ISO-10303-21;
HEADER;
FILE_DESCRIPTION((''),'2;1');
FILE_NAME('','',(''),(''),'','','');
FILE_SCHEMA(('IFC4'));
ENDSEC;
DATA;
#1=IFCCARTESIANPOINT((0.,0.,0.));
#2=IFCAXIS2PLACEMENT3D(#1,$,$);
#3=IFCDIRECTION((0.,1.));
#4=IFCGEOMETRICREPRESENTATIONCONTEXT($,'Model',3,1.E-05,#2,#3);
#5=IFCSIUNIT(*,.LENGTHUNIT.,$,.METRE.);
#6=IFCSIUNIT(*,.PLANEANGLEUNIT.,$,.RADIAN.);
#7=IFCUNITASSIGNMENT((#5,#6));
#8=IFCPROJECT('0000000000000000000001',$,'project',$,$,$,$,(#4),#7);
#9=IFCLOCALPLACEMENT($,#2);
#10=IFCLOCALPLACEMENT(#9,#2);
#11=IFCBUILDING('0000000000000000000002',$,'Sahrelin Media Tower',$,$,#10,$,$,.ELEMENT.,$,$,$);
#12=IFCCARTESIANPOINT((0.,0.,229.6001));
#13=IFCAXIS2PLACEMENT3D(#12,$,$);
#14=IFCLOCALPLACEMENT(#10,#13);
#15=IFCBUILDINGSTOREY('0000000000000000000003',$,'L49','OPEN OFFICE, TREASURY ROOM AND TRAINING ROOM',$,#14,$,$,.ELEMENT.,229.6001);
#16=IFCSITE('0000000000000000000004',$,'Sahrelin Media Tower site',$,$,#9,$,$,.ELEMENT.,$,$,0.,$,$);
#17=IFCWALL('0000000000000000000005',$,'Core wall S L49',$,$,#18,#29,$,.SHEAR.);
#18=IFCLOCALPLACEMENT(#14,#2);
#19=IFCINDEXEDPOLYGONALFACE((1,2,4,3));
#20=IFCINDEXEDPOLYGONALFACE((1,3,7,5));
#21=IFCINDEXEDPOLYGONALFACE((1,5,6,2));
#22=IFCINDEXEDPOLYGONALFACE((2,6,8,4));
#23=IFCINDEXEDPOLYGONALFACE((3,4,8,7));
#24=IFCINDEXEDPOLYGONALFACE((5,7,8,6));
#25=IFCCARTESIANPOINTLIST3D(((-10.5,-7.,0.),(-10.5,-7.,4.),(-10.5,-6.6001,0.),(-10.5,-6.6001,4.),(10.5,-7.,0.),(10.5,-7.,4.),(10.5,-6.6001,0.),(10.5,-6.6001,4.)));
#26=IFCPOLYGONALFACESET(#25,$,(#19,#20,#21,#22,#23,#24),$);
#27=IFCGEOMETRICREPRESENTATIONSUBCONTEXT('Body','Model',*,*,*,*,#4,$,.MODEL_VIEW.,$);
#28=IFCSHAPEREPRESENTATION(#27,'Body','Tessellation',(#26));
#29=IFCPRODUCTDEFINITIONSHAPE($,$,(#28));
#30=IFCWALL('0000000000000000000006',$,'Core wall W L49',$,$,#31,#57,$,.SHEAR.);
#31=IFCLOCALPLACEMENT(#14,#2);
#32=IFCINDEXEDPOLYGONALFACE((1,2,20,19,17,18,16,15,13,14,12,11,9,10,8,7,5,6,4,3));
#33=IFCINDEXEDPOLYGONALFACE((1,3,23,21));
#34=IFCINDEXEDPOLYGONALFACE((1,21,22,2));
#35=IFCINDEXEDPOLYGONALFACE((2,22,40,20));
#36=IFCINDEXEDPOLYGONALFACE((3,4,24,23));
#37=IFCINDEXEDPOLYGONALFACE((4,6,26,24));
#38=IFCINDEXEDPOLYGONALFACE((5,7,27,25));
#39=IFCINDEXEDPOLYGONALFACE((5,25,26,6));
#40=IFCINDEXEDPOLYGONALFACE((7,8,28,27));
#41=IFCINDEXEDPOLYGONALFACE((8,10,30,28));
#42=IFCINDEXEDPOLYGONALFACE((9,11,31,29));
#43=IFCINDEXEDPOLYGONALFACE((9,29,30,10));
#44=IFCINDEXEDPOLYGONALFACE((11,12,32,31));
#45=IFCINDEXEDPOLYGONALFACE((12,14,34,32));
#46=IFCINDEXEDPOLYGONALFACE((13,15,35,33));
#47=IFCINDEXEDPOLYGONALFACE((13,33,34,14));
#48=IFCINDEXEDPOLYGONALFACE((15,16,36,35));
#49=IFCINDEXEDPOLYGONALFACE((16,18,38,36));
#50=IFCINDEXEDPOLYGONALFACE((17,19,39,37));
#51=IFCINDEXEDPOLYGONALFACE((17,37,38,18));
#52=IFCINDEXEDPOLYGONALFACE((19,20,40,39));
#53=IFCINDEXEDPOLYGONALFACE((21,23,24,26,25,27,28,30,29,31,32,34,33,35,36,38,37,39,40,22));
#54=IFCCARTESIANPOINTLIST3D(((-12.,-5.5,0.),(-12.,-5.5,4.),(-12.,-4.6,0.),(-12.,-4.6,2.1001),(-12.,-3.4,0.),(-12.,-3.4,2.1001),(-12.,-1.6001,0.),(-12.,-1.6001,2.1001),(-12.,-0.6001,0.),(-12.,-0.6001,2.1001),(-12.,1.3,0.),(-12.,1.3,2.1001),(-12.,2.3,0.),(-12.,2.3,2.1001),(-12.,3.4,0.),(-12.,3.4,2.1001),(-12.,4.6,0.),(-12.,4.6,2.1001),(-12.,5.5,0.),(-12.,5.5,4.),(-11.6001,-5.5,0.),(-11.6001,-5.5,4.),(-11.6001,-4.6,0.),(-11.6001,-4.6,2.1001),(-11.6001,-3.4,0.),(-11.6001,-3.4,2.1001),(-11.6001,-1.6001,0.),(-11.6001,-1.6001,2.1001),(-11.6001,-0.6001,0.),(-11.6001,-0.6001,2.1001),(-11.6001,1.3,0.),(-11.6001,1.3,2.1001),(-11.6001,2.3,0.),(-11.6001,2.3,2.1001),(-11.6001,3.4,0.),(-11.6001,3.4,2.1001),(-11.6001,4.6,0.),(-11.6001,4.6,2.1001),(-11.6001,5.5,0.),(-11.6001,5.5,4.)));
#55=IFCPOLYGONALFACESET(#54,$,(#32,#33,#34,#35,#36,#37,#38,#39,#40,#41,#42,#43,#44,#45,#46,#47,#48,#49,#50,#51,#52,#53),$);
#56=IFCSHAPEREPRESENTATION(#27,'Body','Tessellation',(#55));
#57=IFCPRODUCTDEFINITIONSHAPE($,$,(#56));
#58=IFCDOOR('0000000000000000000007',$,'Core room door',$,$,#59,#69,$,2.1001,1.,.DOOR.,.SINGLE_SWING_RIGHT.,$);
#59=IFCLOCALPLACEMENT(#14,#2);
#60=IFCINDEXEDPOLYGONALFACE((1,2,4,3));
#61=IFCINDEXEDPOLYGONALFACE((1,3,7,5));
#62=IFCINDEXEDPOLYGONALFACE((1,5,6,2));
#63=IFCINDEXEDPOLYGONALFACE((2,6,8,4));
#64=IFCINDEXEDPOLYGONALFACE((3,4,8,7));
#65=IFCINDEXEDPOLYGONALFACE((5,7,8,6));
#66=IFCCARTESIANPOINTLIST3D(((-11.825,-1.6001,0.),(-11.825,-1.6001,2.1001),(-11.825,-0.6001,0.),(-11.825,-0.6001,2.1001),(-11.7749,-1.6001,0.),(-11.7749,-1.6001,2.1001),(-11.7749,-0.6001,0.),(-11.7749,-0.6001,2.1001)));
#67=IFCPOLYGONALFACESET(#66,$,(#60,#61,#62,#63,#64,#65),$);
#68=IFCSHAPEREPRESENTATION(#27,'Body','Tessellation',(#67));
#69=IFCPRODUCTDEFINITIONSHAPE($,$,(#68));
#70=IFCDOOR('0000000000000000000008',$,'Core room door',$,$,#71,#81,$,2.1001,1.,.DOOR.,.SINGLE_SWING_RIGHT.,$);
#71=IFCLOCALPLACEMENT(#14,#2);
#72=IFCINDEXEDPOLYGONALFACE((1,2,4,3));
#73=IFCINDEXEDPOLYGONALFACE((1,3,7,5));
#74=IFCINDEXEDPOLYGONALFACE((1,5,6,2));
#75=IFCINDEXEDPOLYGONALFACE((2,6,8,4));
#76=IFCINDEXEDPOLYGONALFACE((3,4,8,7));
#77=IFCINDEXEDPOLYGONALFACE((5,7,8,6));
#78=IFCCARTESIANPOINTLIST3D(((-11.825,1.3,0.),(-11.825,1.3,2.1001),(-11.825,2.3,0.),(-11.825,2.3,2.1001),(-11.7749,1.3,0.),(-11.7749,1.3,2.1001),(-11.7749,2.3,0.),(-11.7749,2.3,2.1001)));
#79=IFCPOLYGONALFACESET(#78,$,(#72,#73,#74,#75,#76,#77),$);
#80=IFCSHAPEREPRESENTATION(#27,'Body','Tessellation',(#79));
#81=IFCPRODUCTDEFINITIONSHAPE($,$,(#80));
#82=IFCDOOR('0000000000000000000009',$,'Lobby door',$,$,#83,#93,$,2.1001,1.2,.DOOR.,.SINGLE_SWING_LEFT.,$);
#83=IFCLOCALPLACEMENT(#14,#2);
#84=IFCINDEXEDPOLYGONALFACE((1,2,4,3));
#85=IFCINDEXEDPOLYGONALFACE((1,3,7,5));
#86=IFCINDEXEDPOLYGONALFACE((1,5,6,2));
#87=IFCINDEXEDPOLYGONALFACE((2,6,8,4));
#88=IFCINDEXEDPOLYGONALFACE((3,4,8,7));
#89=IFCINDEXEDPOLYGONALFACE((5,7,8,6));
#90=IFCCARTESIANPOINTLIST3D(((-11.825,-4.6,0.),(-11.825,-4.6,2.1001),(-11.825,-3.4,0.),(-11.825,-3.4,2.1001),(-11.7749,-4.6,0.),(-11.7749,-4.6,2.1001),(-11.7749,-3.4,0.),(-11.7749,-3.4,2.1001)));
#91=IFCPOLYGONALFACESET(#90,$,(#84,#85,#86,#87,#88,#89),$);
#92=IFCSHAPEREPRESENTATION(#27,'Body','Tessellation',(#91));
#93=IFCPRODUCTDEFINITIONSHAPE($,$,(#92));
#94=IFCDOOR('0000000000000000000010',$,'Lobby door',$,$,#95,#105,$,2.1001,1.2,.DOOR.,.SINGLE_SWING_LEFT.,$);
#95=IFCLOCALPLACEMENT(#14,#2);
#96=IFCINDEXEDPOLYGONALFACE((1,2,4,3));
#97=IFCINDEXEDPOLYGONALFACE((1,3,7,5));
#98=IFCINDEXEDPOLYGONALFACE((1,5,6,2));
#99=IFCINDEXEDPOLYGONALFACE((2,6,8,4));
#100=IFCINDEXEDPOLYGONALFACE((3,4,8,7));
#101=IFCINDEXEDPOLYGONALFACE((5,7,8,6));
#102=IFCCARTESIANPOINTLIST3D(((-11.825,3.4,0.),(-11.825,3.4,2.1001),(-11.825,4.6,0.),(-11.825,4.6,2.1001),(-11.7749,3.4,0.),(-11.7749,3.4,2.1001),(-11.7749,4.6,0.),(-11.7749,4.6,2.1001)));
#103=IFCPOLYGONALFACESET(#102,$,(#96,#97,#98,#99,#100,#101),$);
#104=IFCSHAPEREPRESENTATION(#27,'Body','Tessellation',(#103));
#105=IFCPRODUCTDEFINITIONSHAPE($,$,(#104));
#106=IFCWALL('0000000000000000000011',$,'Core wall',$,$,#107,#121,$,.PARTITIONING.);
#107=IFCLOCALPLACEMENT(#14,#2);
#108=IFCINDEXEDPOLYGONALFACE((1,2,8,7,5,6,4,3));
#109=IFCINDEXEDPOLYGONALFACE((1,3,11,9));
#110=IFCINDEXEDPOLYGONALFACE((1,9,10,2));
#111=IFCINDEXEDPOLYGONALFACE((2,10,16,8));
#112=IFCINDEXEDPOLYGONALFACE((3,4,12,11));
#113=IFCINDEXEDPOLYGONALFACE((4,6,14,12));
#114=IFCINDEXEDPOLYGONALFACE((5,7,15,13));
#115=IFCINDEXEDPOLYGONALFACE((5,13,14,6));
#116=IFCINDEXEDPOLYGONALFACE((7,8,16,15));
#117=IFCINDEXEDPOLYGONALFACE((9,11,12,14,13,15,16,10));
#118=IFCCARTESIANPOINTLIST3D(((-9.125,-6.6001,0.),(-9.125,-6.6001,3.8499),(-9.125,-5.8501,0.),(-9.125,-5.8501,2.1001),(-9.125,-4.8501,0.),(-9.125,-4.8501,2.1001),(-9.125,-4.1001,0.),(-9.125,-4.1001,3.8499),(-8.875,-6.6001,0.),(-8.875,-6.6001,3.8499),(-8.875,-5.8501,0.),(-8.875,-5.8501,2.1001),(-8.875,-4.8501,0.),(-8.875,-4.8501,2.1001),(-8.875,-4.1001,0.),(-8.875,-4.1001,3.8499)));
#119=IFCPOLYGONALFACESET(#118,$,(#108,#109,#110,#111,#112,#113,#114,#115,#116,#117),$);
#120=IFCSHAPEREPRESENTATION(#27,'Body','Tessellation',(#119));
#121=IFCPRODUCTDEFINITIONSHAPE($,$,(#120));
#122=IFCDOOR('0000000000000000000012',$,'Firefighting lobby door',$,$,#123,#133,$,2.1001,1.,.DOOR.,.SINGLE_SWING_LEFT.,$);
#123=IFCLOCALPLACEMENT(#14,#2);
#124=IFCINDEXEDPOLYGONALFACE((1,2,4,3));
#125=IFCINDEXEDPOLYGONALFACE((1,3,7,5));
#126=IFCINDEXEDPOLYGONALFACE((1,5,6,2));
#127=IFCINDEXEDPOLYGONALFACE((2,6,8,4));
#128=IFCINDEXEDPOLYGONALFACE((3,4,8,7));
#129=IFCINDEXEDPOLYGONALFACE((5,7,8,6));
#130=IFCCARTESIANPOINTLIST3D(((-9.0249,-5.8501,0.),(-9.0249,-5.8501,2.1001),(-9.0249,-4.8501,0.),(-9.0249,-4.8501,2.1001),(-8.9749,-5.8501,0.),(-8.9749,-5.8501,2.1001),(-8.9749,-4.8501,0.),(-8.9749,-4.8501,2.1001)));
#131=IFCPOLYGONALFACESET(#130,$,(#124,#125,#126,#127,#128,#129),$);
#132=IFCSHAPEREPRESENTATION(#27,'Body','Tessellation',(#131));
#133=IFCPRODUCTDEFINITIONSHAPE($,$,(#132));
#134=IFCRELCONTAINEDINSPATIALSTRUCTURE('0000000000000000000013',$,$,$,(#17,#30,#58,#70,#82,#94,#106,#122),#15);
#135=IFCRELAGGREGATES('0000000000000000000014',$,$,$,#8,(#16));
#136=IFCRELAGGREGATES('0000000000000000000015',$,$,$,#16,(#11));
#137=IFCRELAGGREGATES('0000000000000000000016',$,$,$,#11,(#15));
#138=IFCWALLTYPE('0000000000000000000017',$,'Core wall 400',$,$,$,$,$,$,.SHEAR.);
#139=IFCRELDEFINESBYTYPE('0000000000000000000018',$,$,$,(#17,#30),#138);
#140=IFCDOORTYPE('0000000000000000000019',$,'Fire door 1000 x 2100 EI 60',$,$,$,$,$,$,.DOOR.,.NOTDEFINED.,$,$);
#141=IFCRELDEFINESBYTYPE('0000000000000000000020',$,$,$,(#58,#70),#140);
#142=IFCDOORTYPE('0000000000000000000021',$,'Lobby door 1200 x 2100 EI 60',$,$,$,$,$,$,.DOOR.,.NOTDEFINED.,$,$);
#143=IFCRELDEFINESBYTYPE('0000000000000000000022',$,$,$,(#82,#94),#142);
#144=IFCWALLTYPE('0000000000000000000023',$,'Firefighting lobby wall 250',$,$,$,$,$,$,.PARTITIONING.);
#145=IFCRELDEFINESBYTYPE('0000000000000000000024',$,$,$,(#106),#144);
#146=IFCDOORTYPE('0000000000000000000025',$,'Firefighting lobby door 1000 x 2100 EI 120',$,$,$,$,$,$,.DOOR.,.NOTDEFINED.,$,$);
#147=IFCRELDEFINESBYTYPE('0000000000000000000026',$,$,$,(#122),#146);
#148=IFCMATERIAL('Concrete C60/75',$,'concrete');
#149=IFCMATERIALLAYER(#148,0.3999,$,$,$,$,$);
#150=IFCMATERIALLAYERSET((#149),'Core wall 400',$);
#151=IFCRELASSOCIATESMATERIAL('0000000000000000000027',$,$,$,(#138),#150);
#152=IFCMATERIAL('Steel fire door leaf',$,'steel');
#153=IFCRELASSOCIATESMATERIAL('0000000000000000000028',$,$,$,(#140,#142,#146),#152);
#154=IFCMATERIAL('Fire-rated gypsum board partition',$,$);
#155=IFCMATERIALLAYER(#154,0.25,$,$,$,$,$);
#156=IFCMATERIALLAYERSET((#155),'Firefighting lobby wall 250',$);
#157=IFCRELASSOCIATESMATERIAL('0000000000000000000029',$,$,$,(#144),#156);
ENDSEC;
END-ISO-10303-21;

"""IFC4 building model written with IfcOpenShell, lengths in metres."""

from ifc_helpers import new_model, si_unit, direction, frame, frame_2d, origin, place, context, subcontext, project, spatial, rectangle, extrude, material, layer, layer_set, type_object, element, fill, save


model = new_model("IFC4")

# Units and contexts
model_context = context("Model", 3, precision=1e-05, world=origin(), true_north=direction((0.0, 1.0)))
body_context = subcontext(model_context, "Body", "Model", "MODEL_VIEW")
ifc_project = project(units=[si_unit("LENGTHUNIT", "METRE"), si_unit("PLANEANGLEUNIT", "RADIAN")], contexts=[model_context])

# Site, building, storey
site_placement = place(None, origin())
site = spatial("IfcSite", under=ifc_project, at=site_placement, Name="Sahrelin Media Tower site", CompositionType="ELEMENT", RefElevation=0.0)
building_placement = place(site_placement, origin())
building = spatial("IfcBuilding", under=site, at=building_placement, Name="Sahrelin Media Tower", CompositionType="ELEMENT")
storey_placement = place(building_placement, frame((0.0, 0.0, 229.6001)))
storey = spatial("IfcBuildingStorey", under=building, at=storey_placement, Name="L49", Description="OPEN OFFICE, TREASURY ROOM AND TRAINING ROOM", CompositionType="ELEMENT", Elevation=229.6001)

# Wall
ifc_material_1 = material(Name="Concrete C60/75", Category="concrete")
ifc_layer_1 = layer(ifc_material_1, 0.3999)
ifc_layer_set_1 = layer_set([ifc_layer_1], Name="Core wall 400")
wall_type_1 = type_object("IfcWallType", Name="Core wall 400", PredefinedType="SHEAR", material=ifc_layer_set_1)
wall_1_placement = place(storey_placement, frame((-10.5, -6.8, 0.0), z_axis=(0.0, 0.0, 1.0), x_axis=(1.0, 0.0, 0.0)))
element("IfcWall", 1, at=wall_1_placement, inside=storey, type_object=wall_type_1, Name="Core wall S L49", PredefinedType="SHEAR", context=body_context, shape_type="SweptSolid", body=[
    extrude(rectangle(XDim=21.0, YDim=0.3999, at=frame_2d((10.5, 0.0))), origin(), (0.0, 0.0, 1.0), 4.0),
])

# Wall, openings, doors
wall_2_placement = place(storey_placement, frame((-11.8, -5.5, 0.0), z_axis=(0.0, 0.0, 1.0), x_axis=(0.0, 1.0, 0.0)))
wall_2 = element("IfcWall", 2, at=wall_2_placement, inside=storey, type_object=wall_type_1, Name="Core wall W L49", PredefinedType="SHEAR", context=body_context, shape_type="SweptSolid", body=[
    extrude(rectangle(XDim=11.0, YDim=0.3999, at=frame_2d((5.5, 0.0))), origin(), (0.0, 0.0, 1.0), 4.0),
])
opening_1_placement = place(wall_2_placement, frame((3.8999, 0.0, 0.0)))
opening_1 = element("IfcOpeningElement", 3, at=opening_1_placement, cuts=wall_2, PredefinedType="OPENING", context=body_context, shape_type="SweptSolid", body=[
    extrude(rectangle(XDim=1.0, YDim=2.1001, at=frame_2d((0.5, 1.05))), frame((0.0, 0.2, 0.0), z_axis=(0.0, -1.0, 0.0), x_axis=(1.0, 0.0, 0.0)), (0.0, 0.0, 1.0), 0.3999),
])
opening_2_placement = place(wall_2_placement, frame((6.8, 0.0, 0.0)))
opening_2 = element("IfcOpeningElement", 4, at=opening_2_placement, cuts=wall_2, PredefinedType="OPENING", context=body_context, shape_type="SweptSolid", body=[
    extrude(rectangle(XDim=1.0, YDim=2.1001, at=frame_2d((0.5, 1.05))), frame((0.0, 0.2, 0.0), z_axis=(0.0, -1.0, 0.0), x_axis=(1.0, 0.0, 0.0)), (0.0, 0.0, 1.0), 0.3999),
])
opening_3_placement = place(wall_2_placement, frame((0.8999, 0.0, 0.0)))
opening_3 = element("IfcOpeningElement", 5, at=opening_3_placement, cuts=wall_2, PredefinedType="OPENING", context=body_context, shape_type="SweptSolid", body=[
    extrude(rectangle(XDim=1.2, YDim=2.1001, at=frame_2d((0.6001, 1.05))), frame((0.0, 0.2, 0.0), z_axis=(0.0, -1.0, 0.0), x_axis=(1.0, 0.0, 0.0)), (0.0, 0.0, 1.0), 0.3999),
])
opening_4_placement = place(wall_2_placement, frame((8.8999, 0.0, 0.0)))
opening_4 = element("IfcOpeningElement", 6, at=opening_4_placement, cuts=wall_2, PredefinedType="OPENING", context=body_context, shape_type="SweptSolid", body=[
    extrude(rectangle(XDim=1.2, YDim=2.1001, at=frame_2d((0.6001, 1.05))), frame((0.0, 0.2, 0.0), z_axis=(0.0, -1.0, 0.0), x_axis=(1.0, 0.0, 0.0)), (0.0, 0.0, 1.0), 0.3999),
])
ifc_material_2 = material(Name="Steel fire door leaf", Category="steel")
door_type_1 = type_object("IfcDoorType", Name="Fire door 1000 x 2100 EI 60", OperationType="NOTDEFINED", PredefinedType="DOOR", material=ifc_material_2)
door_1_placement = place(opening_1_placement, origin())
door_1 = element("IfcDoor", 7, at=door_1_placement, inside=storey, type_object=door_type_1, Name="Core room door", OperationType="SINGLE_SWING_RIGHT", OverallHeight=2.1001, OverallWidth=1.0, PredefinedType="DOOR", context=body_context, shape_type="SweptSolid", body=[
    extrude(rectangle(XDim=1.0, YDim=2.1001, at=frame_2d((0.5, 1.05))), frame((0.0, 0.0249, 0.0), z_axis=(0.0, -1.0, 0.0), x_axis=(1.0, 0.0, 0.0)), (0.0, 0.0, 1.0), 0.05),
])
fill(opening_1, door_1)
door_2_placement = place(opening_2_placement, origin())
door_2 = element("IfcDoor", 8, at=door_2_placement, inside=storey, type_object=door_type_1, Name="Core room door", OperationType="SINGLE_SWING_RIGHT", OverallHeight=2.1001, OverallWidth=1.0, PredefinedType="DOOR", context=body_context, shape_type="SweptSolid", body=[
    extrude(rectangle(XDim=1.0, YDim=2.1001, at=frame_2d((0.5, 1.05))), frame((0.0, 0.0249, 0.0), z_axis=(0.0, -1.0, 0.0), x_axis=(1.0, 0.0, 0.0)), (0.0, 0.0, 1.0), 0.05),
])
fill(opening_2, door_2)
door_type_2 = type_object("IfcDoorType", Name="Lobby door 1200 x 2100 EI 60", OperationType="NOTDEFINED", PredefinedType="DOOR", material=ifc_material_2)
door_3_placement = place(opening_3_placement, origin())
door_3 = element("IfcDoor", 9, at=door_3_placement, inside=storey, type_object=door_type_2, Name="Lobby door", OperationType="SINGLE_SWING_LEFT", OverallHeight=2.1001, OverallWidth=1.2, PredefinedType="DOOR", context=body_context, shape_type="SweptSolid", body=[
    extrude(rectangle(XDim=1.2, YDim=2.1001, at=frame_2d((0.6001, 1.05))), frame((0.0, 0.0249, 0.0), z_axis=(0.0, -1.0, 0.0), x_axis=(1.0, 0.0, 0.0)), (0.0, 0.0, 1.0), 0.05),
])
fill(opening_3, door_3)
door_4_placement = place(opening_4_placement, origin())
door_4 = element("IfcDoor", 10, at=door_4_placement, inside=storey, type_object=door_type_2, Name="Lobby door", OperationType="SINGLE_SWING_LEFT", OverallHeight=2.1001, OverallWidth=1.2, PredefinedType="DOOR", context=body_context, shape_type="SweptSolid", body=[
    extrude(rectangle(XDim=1.2, YDim=2.1001, at=frame_2d((0.6001, 1.05))), frame((0.0, 0.0249, 0.0), z_axis=(0.0, -1.0, 0.0), x_axis=(1.0, 0.0, 0.0)), (0.0, 0.0, 1.0), 0.05),
])
fill(opening_4, door_4)

# Wall, opening, door
ifc_material_3 = material(Name="Fire-rated gypsum board partition")
ifc_layer_2 = layer(ifc_material_3, 0.25)
ifc_layer_set_2 = layer_set([ifc_layer_2], Name="Firefighting lobby wall 250")
wall_type_2 = type_object("IfcWallType", Name="Firefighting lobby wall 250", PredefinedType="PARTITIONING", material=ifc_layer_set_2)
wall_3_placement = place(storey_placement, frame((-9.0, -6.6001, 0.0), z_axis=(0.0, 0.0, 1.0), x_axis=(0.0, 1.0, 0.0)))
wall_3 = element("IfcWall", 11, at=wall_3_placement, inside=storey, type_object=wall_type_2, Name="Core wall", PredefinedType="PARTITIONING", context=body_context, shape_type="SweptSolid", body=[
    extrude(rectangle(XDim=2.5, YDim=0.25, at=frame_2d((1.25, 0.0))), origin(), (0.0, 0.0, 1.0), 3.8499),
])
opening_5_placement = place(wall_3_placement, frame((0.75, 0.0, 0.0)))
opening_5 = element("IfcOpeningElement", 12, at=opening_5_placement, cuts=wall_3, PredefinedType="OPENING", context=body_context, shape_type="SweptSolid", body=[
    extrude(rectangle(XDim=1.0, YDim=2.1001, at=frame_2d((0.5, 1.05))), frame((0.0, 0.125, 0.0), z_axis=(0.0, -1.0, 0.0), x_axis=(1.0, 0.0, 0.0)), (0.0, 0.0, 1.0), 0.25),
])
door_type_3 = type_object("IfcDoorType", Name="Firefighting lobby door 1000 x 2100 EI 120", OperationType="NOTDEFINED", PredefinedType="DOOR", material=ifc_material_2)
door_5_placement = place(opening_5_placement, origin())
door_5 = element("IfcDoor", 13, at=door_5_placement, inside=storey, type_object=door_type_3, Name="Firefighting lobby door", OperationType="SINGLE_SWING_LEFT", OverallHeight=2.1001, OverallWidth=1.0, PredefinedType="DOOR", context=body_context, shape_type="SweptSolid", body=[
    extrude(rectangle(XDim=1.0, YDim=2.1001, at=frame_2d((0.5, 1.05))), frame((0.0, 0.0249, 0.0), z_axis=(0.0, -1.0, 0.0), x_axis=(1.0, 0.0, 0.0)), (0.0, 0.0, 1.0), 0.05),
])
fill(opening_5, door_5)

save(model, "model.ifc")
